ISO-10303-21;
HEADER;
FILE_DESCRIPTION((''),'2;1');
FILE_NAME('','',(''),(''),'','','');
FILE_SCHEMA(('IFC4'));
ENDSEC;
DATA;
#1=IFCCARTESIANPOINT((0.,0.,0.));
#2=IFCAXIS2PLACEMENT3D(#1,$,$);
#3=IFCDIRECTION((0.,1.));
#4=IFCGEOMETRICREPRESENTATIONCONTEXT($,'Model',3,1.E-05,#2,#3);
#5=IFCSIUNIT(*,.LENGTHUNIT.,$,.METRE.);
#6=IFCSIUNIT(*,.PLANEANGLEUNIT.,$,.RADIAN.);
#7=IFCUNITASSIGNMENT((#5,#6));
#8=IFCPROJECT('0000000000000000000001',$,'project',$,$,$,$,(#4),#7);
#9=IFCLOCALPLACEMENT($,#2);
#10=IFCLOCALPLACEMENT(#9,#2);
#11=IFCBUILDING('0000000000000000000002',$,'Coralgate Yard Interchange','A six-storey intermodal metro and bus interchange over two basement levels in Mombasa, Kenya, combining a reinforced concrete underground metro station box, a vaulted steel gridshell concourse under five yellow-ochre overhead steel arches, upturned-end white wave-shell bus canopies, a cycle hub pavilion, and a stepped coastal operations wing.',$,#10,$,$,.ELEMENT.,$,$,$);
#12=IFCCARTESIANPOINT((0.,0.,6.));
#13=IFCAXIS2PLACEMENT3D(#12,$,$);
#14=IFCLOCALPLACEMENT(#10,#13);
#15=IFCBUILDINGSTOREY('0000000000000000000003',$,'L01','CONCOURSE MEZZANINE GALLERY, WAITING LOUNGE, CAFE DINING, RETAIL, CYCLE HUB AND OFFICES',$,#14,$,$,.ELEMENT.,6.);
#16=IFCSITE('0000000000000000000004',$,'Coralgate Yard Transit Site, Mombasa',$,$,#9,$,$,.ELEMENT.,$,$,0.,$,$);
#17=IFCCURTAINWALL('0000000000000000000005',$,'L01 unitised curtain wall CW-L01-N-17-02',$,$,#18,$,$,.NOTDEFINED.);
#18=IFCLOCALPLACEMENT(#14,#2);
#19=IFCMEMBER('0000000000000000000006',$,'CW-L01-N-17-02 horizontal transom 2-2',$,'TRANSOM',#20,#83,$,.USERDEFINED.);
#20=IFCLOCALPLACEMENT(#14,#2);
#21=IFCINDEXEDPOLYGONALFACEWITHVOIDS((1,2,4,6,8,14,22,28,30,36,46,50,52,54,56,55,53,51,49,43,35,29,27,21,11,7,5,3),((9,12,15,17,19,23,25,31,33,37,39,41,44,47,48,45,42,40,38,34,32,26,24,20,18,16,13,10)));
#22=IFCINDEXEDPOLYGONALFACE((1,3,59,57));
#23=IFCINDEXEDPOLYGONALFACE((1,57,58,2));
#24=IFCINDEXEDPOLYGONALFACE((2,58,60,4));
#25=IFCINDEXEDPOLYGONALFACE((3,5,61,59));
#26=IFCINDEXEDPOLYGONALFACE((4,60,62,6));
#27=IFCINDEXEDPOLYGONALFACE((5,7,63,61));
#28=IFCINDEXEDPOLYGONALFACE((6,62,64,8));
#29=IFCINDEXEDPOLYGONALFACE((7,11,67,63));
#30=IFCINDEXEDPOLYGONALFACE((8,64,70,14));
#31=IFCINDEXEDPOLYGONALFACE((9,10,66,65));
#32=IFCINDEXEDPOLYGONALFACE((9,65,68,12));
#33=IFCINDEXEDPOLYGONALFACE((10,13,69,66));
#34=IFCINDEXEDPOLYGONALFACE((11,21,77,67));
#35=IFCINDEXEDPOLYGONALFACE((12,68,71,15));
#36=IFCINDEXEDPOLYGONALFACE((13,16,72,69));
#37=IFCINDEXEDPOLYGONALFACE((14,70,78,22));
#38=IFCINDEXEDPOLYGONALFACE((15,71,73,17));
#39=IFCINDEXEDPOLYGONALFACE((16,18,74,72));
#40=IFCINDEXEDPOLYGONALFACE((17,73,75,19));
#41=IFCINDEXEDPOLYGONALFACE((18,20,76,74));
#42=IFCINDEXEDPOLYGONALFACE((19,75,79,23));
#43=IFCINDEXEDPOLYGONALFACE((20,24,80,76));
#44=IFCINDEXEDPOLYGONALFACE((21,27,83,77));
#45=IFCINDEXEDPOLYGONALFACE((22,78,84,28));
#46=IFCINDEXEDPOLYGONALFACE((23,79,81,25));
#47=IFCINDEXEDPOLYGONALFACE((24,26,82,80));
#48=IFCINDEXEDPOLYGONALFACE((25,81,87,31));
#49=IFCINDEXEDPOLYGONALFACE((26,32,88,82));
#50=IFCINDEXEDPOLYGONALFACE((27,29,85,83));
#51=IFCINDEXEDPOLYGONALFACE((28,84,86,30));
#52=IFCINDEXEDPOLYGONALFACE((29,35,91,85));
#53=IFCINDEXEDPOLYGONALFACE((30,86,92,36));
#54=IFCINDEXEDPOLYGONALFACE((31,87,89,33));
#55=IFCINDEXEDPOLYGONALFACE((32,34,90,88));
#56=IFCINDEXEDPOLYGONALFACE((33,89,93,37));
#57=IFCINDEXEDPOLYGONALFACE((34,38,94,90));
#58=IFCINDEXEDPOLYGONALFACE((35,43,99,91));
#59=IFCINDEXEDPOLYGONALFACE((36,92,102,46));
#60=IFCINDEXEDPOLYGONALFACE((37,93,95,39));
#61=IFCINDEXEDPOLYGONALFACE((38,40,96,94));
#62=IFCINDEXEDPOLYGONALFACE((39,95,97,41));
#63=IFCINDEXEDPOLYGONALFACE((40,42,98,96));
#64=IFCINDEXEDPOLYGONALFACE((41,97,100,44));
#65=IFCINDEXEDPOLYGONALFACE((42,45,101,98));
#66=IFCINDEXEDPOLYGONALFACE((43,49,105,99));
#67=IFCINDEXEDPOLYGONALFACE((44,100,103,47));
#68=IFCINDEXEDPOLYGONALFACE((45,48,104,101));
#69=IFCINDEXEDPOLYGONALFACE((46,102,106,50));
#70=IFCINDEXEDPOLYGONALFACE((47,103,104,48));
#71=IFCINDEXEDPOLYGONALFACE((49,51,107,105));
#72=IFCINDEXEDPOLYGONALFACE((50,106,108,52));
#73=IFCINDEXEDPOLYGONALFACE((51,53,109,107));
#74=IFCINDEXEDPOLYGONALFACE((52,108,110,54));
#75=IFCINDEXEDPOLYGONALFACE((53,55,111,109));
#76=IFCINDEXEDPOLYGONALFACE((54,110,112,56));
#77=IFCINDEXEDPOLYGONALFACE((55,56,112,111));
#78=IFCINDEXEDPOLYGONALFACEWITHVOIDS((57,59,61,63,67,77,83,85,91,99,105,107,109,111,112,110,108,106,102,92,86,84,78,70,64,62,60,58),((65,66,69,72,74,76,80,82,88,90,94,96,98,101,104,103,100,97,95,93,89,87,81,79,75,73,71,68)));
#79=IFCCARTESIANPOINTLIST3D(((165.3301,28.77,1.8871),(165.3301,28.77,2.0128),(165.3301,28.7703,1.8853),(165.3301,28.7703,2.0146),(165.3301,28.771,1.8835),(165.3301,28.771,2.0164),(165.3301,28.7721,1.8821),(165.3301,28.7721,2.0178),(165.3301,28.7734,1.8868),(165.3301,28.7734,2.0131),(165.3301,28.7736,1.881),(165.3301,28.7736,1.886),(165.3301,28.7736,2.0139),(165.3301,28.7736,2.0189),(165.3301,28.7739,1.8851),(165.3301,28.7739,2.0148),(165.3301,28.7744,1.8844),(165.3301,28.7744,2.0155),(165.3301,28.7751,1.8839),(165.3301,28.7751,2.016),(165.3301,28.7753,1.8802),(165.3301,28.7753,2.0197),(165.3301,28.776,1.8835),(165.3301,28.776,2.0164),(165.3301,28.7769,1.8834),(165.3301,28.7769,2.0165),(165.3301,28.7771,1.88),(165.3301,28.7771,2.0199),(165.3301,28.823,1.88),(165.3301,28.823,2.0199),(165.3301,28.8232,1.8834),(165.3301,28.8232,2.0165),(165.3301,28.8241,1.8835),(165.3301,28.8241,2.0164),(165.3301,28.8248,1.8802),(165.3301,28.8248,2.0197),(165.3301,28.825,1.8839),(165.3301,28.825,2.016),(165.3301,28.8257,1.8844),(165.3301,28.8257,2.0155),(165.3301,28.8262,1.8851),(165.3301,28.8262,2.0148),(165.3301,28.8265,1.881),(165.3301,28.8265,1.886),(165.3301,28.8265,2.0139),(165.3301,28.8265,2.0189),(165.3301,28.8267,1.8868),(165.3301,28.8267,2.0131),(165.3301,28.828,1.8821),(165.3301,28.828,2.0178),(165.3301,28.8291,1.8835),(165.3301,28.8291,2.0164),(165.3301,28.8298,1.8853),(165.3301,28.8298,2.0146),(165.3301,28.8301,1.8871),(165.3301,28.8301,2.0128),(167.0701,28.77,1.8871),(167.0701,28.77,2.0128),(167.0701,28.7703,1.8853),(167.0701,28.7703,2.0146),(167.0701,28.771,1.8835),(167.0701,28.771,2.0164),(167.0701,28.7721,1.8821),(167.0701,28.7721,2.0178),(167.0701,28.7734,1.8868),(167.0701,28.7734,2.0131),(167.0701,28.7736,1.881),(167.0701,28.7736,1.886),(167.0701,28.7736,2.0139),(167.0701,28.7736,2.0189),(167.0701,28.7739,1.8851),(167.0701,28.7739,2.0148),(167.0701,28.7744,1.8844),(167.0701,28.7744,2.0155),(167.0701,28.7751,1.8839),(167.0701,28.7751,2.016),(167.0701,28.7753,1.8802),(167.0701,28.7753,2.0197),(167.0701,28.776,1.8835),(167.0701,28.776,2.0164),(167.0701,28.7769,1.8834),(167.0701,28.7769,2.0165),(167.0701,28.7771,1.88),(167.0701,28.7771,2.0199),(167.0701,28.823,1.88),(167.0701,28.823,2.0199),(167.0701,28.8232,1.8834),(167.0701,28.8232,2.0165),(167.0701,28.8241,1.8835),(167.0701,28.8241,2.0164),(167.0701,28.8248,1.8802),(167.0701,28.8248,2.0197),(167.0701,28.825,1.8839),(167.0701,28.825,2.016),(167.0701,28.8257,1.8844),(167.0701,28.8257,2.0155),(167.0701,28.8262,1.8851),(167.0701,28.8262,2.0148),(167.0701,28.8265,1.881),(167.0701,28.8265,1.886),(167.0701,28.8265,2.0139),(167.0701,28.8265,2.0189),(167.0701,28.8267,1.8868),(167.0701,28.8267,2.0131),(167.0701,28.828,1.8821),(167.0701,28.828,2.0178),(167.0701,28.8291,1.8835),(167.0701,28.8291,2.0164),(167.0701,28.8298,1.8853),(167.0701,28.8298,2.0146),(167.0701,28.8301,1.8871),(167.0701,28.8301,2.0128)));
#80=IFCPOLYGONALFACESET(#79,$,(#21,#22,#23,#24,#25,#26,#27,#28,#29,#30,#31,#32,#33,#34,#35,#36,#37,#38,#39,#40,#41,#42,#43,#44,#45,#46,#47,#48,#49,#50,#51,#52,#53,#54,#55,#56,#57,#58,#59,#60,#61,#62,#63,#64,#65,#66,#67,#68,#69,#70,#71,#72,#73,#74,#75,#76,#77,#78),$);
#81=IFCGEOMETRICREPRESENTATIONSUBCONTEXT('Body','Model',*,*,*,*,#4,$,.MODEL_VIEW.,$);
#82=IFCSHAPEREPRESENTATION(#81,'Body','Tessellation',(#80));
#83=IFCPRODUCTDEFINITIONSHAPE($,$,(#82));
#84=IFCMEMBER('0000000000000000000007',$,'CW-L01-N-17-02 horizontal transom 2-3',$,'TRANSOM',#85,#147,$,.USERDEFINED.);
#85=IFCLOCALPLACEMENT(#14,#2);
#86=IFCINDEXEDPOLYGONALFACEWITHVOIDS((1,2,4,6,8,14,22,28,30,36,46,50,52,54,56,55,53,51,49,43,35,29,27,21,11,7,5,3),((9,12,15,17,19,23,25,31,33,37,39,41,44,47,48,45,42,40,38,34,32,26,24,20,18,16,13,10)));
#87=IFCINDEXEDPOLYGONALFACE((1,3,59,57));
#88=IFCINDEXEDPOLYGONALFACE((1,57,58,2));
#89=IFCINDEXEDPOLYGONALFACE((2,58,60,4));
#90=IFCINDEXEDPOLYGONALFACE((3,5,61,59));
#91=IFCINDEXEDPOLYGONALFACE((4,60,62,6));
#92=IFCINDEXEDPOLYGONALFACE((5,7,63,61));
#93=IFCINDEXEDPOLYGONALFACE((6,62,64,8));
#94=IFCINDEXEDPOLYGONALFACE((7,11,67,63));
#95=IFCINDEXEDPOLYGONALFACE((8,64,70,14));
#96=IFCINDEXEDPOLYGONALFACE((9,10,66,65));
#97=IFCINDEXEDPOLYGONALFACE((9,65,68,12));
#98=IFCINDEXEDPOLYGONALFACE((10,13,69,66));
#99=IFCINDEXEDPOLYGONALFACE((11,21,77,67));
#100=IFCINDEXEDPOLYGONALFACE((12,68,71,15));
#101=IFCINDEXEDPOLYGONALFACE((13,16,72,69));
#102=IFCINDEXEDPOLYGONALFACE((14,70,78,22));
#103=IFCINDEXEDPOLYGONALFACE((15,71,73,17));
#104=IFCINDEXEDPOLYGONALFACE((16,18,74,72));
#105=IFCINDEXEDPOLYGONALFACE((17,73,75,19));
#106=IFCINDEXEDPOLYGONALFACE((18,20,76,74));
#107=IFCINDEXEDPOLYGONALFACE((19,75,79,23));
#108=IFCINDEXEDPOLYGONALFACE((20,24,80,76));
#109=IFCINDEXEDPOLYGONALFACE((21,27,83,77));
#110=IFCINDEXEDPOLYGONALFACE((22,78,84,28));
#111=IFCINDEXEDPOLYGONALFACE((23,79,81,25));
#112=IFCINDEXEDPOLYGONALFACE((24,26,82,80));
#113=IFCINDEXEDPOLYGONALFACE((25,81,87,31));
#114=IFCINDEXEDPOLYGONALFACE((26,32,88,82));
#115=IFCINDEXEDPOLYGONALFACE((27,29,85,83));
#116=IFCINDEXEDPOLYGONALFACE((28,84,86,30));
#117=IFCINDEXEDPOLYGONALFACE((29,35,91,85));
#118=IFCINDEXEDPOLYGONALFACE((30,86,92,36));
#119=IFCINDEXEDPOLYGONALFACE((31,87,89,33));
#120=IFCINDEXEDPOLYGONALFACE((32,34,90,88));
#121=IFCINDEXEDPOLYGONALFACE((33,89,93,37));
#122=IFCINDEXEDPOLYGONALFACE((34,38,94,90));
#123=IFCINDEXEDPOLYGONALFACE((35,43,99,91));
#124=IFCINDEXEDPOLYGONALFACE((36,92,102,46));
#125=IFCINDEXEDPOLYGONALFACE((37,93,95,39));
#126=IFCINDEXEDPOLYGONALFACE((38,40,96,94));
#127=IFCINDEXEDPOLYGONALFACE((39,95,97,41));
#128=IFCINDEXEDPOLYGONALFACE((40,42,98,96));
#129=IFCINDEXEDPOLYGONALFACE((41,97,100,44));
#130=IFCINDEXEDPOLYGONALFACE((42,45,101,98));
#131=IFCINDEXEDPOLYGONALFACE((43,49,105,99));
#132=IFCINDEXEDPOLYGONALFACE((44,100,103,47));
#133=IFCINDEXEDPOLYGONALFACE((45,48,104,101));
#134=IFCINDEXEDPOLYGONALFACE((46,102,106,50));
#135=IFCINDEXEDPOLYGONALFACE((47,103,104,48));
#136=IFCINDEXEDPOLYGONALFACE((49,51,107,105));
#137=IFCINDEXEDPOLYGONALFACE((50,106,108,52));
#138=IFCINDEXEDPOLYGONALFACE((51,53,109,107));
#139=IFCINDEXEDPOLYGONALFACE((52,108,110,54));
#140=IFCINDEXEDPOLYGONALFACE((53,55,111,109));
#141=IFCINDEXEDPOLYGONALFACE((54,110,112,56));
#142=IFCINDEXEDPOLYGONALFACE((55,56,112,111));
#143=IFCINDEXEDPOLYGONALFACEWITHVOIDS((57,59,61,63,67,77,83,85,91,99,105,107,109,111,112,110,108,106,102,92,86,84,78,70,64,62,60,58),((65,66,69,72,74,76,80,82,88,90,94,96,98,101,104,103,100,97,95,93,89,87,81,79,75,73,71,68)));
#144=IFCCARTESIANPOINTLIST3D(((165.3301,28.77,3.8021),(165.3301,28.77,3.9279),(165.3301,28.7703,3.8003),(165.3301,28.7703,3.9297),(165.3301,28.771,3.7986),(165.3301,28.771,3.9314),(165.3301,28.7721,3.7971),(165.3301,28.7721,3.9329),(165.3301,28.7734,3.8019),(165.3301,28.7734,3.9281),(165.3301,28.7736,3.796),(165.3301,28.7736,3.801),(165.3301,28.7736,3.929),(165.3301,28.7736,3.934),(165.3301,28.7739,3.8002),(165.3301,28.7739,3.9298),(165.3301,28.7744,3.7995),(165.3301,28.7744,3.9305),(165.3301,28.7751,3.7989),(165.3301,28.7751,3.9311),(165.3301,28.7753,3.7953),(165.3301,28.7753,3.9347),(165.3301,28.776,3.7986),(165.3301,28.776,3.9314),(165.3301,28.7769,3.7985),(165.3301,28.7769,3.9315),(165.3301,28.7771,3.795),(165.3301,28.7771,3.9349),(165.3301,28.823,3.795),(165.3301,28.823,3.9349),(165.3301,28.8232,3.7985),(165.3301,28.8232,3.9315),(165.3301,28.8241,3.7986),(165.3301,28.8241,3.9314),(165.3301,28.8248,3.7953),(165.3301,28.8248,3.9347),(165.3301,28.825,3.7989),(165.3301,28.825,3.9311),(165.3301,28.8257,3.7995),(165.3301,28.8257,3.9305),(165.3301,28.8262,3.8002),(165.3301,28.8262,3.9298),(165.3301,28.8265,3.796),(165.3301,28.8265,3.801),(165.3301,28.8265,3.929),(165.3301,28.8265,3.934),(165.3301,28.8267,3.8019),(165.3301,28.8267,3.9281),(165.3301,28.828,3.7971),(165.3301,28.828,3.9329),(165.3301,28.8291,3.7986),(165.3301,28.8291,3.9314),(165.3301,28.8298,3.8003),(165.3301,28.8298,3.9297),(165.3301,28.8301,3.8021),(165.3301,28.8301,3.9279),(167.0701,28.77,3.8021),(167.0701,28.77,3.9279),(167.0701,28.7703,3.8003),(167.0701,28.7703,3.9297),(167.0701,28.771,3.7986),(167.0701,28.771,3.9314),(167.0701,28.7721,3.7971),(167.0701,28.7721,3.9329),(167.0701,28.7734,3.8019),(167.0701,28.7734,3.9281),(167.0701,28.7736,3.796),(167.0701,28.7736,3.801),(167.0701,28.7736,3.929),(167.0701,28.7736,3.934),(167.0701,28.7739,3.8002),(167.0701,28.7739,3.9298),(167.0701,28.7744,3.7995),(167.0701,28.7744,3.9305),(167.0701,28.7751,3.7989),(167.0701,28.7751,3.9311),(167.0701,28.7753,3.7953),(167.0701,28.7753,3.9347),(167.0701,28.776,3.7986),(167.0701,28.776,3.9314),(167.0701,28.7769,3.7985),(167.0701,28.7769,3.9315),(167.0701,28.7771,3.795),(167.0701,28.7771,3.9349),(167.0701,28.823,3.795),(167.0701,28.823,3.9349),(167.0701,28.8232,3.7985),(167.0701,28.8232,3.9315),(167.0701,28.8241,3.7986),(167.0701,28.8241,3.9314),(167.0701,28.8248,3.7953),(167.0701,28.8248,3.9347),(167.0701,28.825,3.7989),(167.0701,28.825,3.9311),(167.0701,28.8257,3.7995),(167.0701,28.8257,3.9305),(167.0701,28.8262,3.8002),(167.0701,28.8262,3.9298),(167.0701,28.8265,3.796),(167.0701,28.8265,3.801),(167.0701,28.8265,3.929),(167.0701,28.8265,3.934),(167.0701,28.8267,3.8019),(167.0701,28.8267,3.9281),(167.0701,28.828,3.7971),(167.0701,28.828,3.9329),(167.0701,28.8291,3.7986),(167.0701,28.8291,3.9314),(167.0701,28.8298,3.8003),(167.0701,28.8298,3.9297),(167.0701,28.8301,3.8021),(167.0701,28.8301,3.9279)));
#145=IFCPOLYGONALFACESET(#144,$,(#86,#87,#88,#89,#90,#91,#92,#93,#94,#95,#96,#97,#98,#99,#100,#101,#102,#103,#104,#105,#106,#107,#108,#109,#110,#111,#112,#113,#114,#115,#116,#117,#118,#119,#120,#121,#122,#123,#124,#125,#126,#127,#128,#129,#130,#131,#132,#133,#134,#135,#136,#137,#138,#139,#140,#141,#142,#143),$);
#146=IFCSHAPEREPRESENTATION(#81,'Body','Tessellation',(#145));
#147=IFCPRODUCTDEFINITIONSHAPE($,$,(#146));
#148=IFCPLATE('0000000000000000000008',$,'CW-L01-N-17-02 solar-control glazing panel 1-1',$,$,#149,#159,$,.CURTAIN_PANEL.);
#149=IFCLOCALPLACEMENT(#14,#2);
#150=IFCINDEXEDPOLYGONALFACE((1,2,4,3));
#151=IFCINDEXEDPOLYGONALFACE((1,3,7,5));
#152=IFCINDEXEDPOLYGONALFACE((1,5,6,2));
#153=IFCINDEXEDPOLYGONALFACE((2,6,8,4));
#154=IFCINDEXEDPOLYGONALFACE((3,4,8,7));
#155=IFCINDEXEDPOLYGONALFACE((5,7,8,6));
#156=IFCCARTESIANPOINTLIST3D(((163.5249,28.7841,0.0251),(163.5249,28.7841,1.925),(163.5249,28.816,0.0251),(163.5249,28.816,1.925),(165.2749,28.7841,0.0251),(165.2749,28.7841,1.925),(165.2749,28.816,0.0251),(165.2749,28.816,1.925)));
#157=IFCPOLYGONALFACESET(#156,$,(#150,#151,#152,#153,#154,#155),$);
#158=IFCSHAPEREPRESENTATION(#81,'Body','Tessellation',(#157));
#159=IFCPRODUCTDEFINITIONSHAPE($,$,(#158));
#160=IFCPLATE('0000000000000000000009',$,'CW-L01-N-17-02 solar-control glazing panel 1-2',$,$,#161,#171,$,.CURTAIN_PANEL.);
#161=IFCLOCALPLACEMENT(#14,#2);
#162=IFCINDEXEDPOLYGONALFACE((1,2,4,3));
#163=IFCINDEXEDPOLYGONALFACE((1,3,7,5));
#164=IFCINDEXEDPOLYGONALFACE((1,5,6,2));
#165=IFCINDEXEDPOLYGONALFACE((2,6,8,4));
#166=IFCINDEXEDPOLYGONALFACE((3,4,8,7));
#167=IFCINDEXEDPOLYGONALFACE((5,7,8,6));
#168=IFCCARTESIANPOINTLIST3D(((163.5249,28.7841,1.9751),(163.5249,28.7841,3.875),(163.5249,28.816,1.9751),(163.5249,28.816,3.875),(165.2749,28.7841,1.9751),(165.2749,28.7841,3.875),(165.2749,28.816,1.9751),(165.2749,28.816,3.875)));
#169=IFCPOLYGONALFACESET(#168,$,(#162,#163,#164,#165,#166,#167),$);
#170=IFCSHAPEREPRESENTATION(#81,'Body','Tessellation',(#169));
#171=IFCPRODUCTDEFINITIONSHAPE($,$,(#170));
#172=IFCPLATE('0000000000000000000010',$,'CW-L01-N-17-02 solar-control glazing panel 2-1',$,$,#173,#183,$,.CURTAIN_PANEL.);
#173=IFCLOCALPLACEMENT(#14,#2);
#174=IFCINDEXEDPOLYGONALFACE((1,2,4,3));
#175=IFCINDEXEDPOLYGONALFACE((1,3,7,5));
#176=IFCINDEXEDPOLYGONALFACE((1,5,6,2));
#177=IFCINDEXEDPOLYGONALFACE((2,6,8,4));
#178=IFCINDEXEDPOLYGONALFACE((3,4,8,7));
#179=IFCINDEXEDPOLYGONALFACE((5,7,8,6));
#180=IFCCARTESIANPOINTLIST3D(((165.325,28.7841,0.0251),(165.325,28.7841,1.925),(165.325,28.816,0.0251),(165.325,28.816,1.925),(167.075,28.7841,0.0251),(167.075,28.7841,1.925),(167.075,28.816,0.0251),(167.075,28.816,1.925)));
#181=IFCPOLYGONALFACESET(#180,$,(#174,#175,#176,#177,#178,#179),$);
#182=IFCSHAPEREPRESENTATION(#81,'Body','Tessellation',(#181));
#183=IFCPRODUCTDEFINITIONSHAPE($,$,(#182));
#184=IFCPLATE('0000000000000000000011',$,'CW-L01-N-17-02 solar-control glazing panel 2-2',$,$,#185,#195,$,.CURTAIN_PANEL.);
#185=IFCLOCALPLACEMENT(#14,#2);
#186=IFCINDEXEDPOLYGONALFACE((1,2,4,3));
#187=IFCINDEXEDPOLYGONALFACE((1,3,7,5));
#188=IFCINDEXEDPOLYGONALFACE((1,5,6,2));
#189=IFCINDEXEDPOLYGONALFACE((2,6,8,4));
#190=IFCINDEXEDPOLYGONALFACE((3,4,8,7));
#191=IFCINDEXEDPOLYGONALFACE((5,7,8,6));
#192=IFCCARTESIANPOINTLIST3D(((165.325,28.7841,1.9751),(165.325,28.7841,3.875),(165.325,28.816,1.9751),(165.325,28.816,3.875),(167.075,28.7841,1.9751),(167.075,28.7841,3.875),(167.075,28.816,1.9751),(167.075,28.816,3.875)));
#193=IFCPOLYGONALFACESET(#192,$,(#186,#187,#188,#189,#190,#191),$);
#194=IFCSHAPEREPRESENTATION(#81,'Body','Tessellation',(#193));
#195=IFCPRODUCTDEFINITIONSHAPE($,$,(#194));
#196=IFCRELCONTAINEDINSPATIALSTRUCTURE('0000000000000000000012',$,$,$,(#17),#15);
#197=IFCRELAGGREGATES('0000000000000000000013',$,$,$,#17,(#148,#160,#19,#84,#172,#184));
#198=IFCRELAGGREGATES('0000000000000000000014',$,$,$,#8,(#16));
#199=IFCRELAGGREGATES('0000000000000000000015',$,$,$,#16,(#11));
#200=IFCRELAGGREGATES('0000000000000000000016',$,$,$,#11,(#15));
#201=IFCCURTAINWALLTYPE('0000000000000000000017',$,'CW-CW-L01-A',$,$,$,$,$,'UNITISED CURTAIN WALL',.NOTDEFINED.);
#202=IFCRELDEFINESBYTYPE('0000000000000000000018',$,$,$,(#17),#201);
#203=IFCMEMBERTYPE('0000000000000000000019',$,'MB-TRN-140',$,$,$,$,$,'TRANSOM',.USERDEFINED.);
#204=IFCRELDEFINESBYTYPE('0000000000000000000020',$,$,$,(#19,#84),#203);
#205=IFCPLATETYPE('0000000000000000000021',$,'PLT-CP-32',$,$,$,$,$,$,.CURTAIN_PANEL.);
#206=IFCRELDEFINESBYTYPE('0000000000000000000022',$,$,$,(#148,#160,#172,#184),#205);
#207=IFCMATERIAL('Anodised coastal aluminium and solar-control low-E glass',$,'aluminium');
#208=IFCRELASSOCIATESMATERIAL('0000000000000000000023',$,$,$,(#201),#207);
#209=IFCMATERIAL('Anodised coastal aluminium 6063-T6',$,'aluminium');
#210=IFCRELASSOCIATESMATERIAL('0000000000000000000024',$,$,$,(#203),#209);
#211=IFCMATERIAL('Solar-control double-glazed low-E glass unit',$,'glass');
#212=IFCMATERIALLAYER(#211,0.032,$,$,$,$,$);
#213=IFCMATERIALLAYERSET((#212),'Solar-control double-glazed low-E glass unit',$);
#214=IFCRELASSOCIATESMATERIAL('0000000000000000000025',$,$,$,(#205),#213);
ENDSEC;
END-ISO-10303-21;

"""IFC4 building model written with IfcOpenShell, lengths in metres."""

from ifc_helpers import new_model, si_unit, direction, frame, origin, origin_2d, place, context, subcontext, project, spatial, rectangle, hollow_rectangle, extrude, material, layer, layer_set, material_profile, profile_set, type_object, element, aggregate, save


model = new_model("IFC4")

# Units and contexts
model_context = context("Model", 3, precision=1e-05, world=origin(), true_north=direction((0.0, 1.0)))
body_context = subcontext(model_context, "Body", "Model", "MODEL_VIEW")
ifc_project = project(units=[si_unit("LENGTHUNIT", "METRE"), si_unit("PLANEANGLEUNIT", "RADIAN")], contexts=[model_context])

# Site, building, storey
site_placement = place(None, origin())
site = spatial("IfcSite", under=ifc_project, at=site_placement, Name="Coralgate Yard Transit Site, Mombasa", CompositionType="ELEMENT", RefElevation=0.0)
building_placement = place(site_placement, origin())
building = spatial("IfcBuilding", under=site, at=building_placement, Name="Coralgate Yard Interchange", Description="A six-storey intermodal metro and bus interchange over two basement levels in Mombasa, Kenya, combining a reinforced concrete underground metro station box, a vaulted steel gridshell concourse under five yellow-ochre overhead steel arches, upturned-end white wave-shell bus canopies, a cycle hub pavilion, and a stepped coastal operations wing.", CompositionType="ELEMENT")
storey_placement = place(building_placement, frame((0.0, 0.0, 6.0)))
storey = spatial("IfcBuildingStorey", under=building, at=storey_placement, Name="L01", Description="CONCOURSE MEZZANINE GALLERY, WAITING LOUNGE, CAFE DINING, RETAIL, CYCLE HUB AND OFFICES", CompositionType="ELEMENT", Elevation=6.0)

# Curtain wall, members, plates
ifc_material_1 = material(Name="Anodised coastal aluminium and solar-control low-E glass", Category="aluminium")
curtain_wall_type = type_object("IfcCurtainWallType", Name="CW-CW-L01-A", ElementType="UNITISED CURTAIN WALL", PredefinedType="NOTDEFINED", material=ifc_material_1)
curtain_wall_placement = place(storey_placement, origin())
curtain_wall = element("IfcCurtainWall", 1, at=curtain_wall_placement, inside=storey, type_object=curtain_wall_type, Name="L01 unitised curtain wall CW-L01-N-17-02", PredefinedType="NOTDEFINED")
ifc_material_2 = material(Name="Anodised coastal aluminium 6063-T6", Category="aluminium")
ifc_material_profile_1 = material_profile(ifc_material_2, hollow_rectangle(XDim=0.0601, YDim=0.1399, WallThickness=0.0034, InnerFilletRadius=0.0034, OuterFilletRadius=0.0071, at=origin_2d()), Name="ALU 60x140x3.5")
ifc_profile_set_1 = profile_set([ifc_material_profile_1], Name="Anodised coastal aluminium 6063-T6")
member_type_1 = type_object("IfcMemberType", Name="MB-TRN-140", ElementType="TRANSOM", PredefinedType="USERDEFINED", material=ifc_profile_set_1)
member_1_placement = place(storey_placement, frame((165.3301, 28.8, 1.95), z_axis=(1.0, 0.0, 0.0), x_axis=(0.0, 1.0, 0.0)))
member_1 = element("IfcMember", 2, at=member_1_placement, type_object=member_type_1, Name="CW-L01-N-17-02 horizontal transom 2-2", ObjectType="TRANSOM", PredefinedType="USERDEFINED", context=body_context, shape_type="SweptSolid", body=[
    extrude(hollow_rectangle(XDim=0.0601, YDim=0.1399, WallThickness=0.0034, InnerFilletRadius=0.0034, OuterFilletRadius=0.0071, at=origin_2d()), origin(), (0.0, 0.0, 1.0), 1.74),
])
member_2_placement = place(storey_placement, frame((165.3301, 28.8, 3.865), z_axis=(1.0, 0.0, 0.0), x_axis=(0.0, 1.0, 0.0)))
member_2 = element("IfcMember", 3, at=member_2_placement, type_object=member_type_1, Name="CW-L01-N-17-02 horizontal transom 2-3", ObjectType="TRANSOM", PredefinedType="USERDEFINED", context=body_context, shape_type="SweptSolid", body=[
    extrude(hollow_rectangle(XDim=0.0601, YDim=0.1399, WallThickness=0.0034, InnerFilletRadius=0.0034, OuterFilletRadius=0.0071, at=origin_2d()), origin(), (0.0, 0.0, 1.0), 1.74),
])
ifc_material_3 = material(Name="Solar-control double-glazed low-E glass unit", Category="glass")
ifc_layer_1 = layer(ifc_material_3, 0.032)
ifc_layer_set_1 = layer_set([ifc_layer_1], Name="Solar-control double-glazed low-E glass unit")
plate_type = type_object("IfcPlateType", Name="PLT-CP-32", PredefinedType="CURTAIN_PANEL", material=ifc_layer_set_1)
plate_1_placement = place(storey_placement, frame((164.3999, 28.8, 0.0251), z_axis=(0.0, 0.0, 1.0), x_axis=(1.0, 0.0, 0.0)))
plate_1 = element("IfcPlate", 4, at=plate_1_placement, type_object=plate_type, Name="CW-L01-N-17-02 solar-control glazing panel 1-1", PredefinedType="CURTAIN_PANEL", context=body_context, shape_type="SweptSolid", body=[
    extrude(rectangle(XDim=1.75, YDim=0.032, at=origin_2d()), origin(), (0.0, 0.0, 1.0), 1.8999),
])
plate_2_placement = place(storey_placement, frame((164.3999, 28.8, 1.9751), z_axis=(0.0, 0.0, 1.0), x_axis=(1.0, 0.0, 0.0)))
plate_2 = element("IfcPlate", 5, at=plate_2_placement, type_object=plate_type, Name="CW-L01-N-17-02 solar-control glazing panel 1-2", PredefinedType="CURTAIN_PANEL", context=body_context, shape_type="SweptSolid", body=[
    extrude(rectangle(XDim=1.75, YDim=0.032, at=origin_2d()), origin(), (0.0, 0.0, 1.0), 1.8999),
])
plate_3_placement = place(storey_placement, frame((166.2, 28.8, 0.0251), z_axis=(0.0, 0.0, 1.0), x_axis=(1.0, 0.0, 0.0)))
plate_3 = element("IfcPlate", 6, at=plate_3_placement, type_object=plate_type, Name="CW-L01-N-17-02 solar-control glazing panel 2-1", PredefinedType="CURTAIN_PANEL", context=body_context, shape_type="SweptSolid", body=[
    extrude(rectangle(XDim=1.75, YDim=0.032, at=origin_2d()), origin(), (0.0, 0.0, 1.0), 1.8999),
])
plate_4_placement = place(storey_placement, frame((166.2, 28.8, 1.9751), z_axis=(0.0, 0.0, 1.0), x_axis=(1.0, 0.0, 0.0)))
plate_4 = element("IfcPlate", 7, at=plate_4_placement, type_object=plate_type, Name="CW-L01-N-17-02 solar-control glazing panel 2-2", PredefinedType="CURTAIN_PANEL", context=body_context, shape_type="SweptSolid", body=[
    extrude(rectangle(XDim=1.75, YDim=0.032, at=origin_2d()), origin(), (0.0, 0.0, 1.0), 1.8999),
])
aggregate(curtain_wall, [plate_1, plate_2, member_1, member_2, plate_3, plate_4])

save(model, "model.ifc")
